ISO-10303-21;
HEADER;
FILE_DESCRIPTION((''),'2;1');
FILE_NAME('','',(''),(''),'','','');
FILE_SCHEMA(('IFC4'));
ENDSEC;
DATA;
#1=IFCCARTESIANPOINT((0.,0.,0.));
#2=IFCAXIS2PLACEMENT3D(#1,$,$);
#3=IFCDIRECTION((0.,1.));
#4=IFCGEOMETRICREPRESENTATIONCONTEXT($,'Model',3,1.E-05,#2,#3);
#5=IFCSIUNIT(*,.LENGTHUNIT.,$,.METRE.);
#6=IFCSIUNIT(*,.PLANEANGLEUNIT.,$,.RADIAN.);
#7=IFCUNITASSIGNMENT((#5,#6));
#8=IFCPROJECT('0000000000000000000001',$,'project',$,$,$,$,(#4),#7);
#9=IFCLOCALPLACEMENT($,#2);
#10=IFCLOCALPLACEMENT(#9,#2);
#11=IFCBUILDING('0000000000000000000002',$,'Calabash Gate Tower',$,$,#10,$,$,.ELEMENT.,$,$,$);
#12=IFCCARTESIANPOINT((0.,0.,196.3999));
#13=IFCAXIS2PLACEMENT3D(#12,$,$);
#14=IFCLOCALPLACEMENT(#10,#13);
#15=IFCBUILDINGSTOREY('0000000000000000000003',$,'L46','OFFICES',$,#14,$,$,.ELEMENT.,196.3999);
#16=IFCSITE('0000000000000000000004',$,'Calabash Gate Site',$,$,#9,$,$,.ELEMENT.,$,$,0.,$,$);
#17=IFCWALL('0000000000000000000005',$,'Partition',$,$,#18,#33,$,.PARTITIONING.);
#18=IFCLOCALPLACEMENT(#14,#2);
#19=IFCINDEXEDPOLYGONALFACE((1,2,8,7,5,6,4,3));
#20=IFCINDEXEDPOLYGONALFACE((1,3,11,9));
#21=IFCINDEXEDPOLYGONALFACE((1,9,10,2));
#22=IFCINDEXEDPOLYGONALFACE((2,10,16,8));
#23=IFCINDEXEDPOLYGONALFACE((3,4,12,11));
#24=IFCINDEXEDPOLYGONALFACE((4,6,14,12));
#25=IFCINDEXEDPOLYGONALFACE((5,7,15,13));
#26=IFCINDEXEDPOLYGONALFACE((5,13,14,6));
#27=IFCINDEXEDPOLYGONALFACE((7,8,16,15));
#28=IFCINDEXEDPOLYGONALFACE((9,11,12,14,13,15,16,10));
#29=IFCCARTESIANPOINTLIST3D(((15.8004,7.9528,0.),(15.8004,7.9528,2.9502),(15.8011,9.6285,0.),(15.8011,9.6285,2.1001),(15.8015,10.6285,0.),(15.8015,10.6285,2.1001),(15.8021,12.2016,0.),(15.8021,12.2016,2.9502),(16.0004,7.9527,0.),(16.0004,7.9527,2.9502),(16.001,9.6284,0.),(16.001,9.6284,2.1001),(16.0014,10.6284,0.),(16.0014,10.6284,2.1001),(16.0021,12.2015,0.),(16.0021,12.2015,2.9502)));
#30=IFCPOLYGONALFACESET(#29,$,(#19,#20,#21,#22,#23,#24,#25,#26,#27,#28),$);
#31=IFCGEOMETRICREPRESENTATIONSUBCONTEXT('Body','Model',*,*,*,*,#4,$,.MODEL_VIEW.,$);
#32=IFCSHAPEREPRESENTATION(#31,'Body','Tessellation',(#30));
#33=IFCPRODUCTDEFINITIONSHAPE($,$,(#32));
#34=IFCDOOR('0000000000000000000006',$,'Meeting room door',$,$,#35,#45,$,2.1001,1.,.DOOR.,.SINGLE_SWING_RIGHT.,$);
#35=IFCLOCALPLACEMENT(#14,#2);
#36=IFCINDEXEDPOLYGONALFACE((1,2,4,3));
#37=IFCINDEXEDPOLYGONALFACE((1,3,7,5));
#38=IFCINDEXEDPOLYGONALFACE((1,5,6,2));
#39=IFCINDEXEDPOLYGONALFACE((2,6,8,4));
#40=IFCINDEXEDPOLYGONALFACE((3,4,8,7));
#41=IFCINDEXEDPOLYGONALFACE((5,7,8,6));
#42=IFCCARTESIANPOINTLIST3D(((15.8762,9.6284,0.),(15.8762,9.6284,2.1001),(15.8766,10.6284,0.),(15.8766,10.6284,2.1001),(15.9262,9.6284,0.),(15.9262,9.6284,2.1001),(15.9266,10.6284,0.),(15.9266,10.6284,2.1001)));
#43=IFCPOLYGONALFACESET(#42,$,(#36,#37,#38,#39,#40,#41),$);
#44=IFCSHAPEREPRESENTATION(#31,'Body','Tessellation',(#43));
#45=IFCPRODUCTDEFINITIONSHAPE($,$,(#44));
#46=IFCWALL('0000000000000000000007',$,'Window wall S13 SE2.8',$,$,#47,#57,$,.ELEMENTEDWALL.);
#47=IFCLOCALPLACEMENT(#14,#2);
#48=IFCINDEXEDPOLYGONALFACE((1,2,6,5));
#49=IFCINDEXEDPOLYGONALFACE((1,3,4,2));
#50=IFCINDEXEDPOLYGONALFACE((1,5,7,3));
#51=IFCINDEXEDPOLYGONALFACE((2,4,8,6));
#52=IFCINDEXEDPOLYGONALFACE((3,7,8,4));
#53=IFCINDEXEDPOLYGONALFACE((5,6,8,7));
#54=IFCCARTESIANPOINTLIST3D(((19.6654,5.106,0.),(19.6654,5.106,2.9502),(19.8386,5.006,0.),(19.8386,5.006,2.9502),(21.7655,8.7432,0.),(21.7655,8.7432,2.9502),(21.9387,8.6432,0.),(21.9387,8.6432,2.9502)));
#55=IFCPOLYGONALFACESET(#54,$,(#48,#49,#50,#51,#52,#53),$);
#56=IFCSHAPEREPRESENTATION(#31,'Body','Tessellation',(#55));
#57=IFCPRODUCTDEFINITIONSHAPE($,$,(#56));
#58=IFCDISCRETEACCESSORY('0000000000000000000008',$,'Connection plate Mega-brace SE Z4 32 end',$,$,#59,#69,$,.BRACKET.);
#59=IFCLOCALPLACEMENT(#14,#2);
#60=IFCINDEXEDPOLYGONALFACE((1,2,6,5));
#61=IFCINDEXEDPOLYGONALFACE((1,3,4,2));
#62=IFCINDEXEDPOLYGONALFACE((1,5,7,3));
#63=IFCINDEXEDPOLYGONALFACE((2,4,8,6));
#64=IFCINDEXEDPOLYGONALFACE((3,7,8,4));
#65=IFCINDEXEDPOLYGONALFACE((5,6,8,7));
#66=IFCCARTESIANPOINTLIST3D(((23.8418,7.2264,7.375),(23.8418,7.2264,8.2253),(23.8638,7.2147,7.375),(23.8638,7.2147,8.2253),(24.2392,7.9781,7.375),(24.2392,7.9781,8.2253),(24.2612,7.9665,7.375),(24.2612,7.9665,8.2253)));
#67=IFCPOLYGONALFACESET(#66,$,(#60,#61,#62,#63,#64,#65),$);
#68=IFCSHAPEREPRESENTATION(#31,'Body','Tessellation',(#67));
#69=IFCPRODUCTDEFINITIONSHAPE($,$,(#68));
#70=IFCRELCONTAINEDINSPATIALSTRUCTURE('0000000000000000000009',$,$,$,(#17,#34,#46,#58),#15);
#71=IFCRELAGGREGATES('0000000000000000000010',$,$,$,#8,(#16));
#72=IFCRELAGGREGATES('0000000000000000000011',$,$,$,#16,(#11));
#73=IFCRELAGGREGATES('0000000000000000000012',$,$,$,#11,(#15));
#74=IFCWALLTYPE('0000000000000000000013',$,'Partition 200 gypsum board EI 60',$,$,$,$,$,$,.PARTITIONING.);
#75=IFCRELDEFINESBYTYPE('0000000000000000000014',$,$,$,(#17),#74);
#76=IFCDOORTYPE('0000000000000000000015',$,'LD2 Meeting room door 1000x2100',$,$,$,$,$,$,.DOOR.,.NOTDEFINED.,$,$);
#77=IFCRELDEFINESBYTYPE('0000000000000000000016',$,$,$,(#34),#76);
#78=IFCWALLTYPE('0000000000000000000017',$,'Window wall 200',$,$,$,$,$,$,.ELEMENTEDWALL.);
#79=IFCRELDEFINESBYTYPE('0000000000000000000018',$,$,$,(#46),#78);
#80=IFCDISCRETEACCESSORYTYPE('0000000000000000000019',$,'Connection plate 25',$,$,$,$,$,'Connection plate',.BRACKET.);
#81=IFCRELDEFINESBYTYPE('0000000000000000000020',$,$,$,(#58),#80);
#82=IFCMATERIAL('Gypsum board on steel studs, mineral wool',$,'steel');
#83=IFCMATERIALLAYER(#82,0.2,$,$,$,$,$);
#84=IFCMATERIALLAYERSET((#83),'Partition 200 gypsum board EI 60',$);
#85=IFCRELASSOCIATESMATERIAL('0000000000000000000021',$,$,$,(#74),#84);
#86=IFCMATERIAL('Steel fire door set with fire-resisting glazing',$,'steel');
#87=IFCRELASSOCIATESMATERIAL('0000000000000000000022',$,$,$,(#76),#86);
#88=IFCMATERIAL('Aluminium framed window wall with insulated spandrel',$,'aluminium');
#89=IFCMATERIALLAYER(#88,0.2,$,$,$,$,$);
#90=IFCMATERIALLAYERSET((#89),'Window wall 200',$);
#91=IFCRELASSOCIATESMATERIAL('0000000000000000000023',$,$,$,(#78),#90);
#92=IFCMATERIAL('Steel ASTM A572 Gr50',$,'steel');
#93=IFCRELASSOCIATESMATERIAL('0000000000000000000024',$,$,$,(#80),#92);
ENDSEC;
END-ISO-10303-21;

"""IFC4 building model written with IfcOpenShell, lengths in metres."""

from ifc_helpers import new_model, si_unit, direction, frame, frame_2d, origin, origin_2d, place, context, subcontext, project, spatial, rectangle, extrude, material, layer, layer_set, type_object, element, fill, save


model = new_model("IFC4")

# Units and contexts
model_context = context("Model", 3, precision=1e-05, world=origin(), true_north=direction((0.0, 1.0)))
body_context = subcontext(model_context, "Body", "Model", "MODEL_VIEW")
ifc_project = project(units=[si_unit("LENGTHUNIT", "METRE"), si_unit("PLANEANGLEUNIT", "RADIAN")], contexts=[model_context])

# Site, building, storey
site_placement = place(None, origin())
site = spatial("IfcSite", under=ifc_project, at=site_placement, Name="Calabash Gate Site", CompositionType="ELEMENT", RefElevation=0.0)
building_placement = place(site_placement, origin())
building = spatial("IfcBuilding", under=site, at=building_placement, Name="Calabash Gate Tower", CompositionType="ELEMENT")
storey_placement = place(building_placement, frame((0.0, 0.0, 196.3999)))
storey = spatial("IfcBuildingStorey", under=building, at=storey_placement, Name="L46", Description="OFFICES", CompositionType="ELEMENT", Elevation=196.3999)

# Shared definitions
ifc_material_1 = material(Name="Gypsum board on steel studs, mineral wool", Category="steel")
ifc_layer_1 = layer(ifc_material_1, 0.2)
ifc_layer_set_1 = layer_set([ifc_layer_1], Name="Partition 200 gypsum board EI 60")
wall_type_1 = type_object("IfcWallType", Name="Partition 200 gypsum board EI 60", PredefinedType="PARTITIONING", material=ifc_layer_set_1)

# Wall, opening, door
wall_1_placement = place(storey_placement, frame((15.9004, 7.9526, 0.0), z_axis=(0.0, 0.0, 1.0), x_axis=(0.000402, 1.0, 0.0)))
wall_1 = element("IfcWall", 1, at=wall_1_placement, inside=storey, type_object=wall_type_1, Name="Partition", PredefinedType="PARTITIONING", context=body_context, shape_type="SweptSolid", body=[
    extrude(rectangle(XDim=4.2488, YDim=0.2, at=frame_2d((2.1245, 0.0))), origin(), (0.0, 0.0, 1.0), 2.9502),
])
opening_1_placement = place(wall_1_placement, frame((1.6758, 0.0, 0.0)))
opening_1 = element("IfcOpeningElement", 2, at=opening_1_placement, cuts=wall_1, PredefinedType="OPENING", context=body_context, shape_type="SweptSolid", body=[
    extrude(rectangle(XDim=1.0, YDim=2.1001, at=frame_2d((0.5, 1.05))), frame((0.0, 0.1099, 0.0), z_axis=(0.0, -1.0, 0.0), x_axis=(1.0, 0.0, 0.0)), (0.0, 0.0, 1.0), 0.22),
])
ifc_material_2 = material(Name="Steel fire door set with fire-resisting glazing", Category="steel")
door_type_1 = type_object("IfcDoorType", Name="LD2 Meeting room door 1000x2100", OperationType="NOTDEFINED", PredefinedType="DOOR", material=ifc_material_2)
door_1_placement = place(opening_1_placement, origin())
door_1 = element("IfcDoor", 3, at=door_1_placement, inside=storey, type_object=door_type_1, Name="Meeting room door", OperationType="SINGLE_SWING_RIGHT", OverallHeight=2.1001, OverallWidth=1.0, PredefinedType="DOOR", context=body_context, shape_type="SweptSolid", body=[
    extrude(rectangle(XDim=1.0, YDim=2.1001, at=frame_2d((0.5, 1.05))), frame((0.0, 0.0249, 0.0), z_axis=(0.0, -1.0, 0.0), x_axis=(1.0, 0.0, 0.0)), (0.0, 0.0, 1.0), 0.05),
])
fill(opening_1, door_1)

# Wall
ifc_material_3 = material(Name="Aluminium framed window wall with insulated spandrel", Category="aluminium")
ifc_layer_2 = layer(ifc_material_3, 0.2)
ifc_layer_set_2 = layer_set([ifc_layer_2], Name="Window wall 200")
wall_type_2 = type_object("IfcWallType", Name="Window wall 200", PredefinedType="ELEMENTEDWALL", material=ifc_layer_set_2)
wall_2_placement = place(storey_placement, frame((19.752, 5.0559, 0.0), z_axis=(0.0, 0.0, 1.0), x_axis=(0.500028, 0.866009, 0.0)))
element("IfcWall", 4, at=wall_2_placement, inside=storey, type_object=wall_type_2, Name="Window wall S13 SE2.8", PredefinedType="ELEMENTEDWALL", context=body_context, shape_type="SweptSolid", body=[
    extrude(rectangle(XDim=4.2, YDim=0.2, at=frame_2d((2.1001, 0.0))), origin(), (0.0, 0.0, 1.0), 2.9502),
])

# Discrete accessory
ifc_material_4 = material(Name="Steel ASTM A572 Gr50", Category="steel")
discrete_accessory_type = type_object("IfcDiscreteAccessoryType", Name="Connection plate 25", ElementType="Connection plate", PredefinedType="BRACKET", material=ifc_material_4)
discrete_accessory_placement = place(storey_placement, frame((24.0515, 7.5964, 7.375), z_axis=(0.0, 0.0, 1.0), x_axis=(-0.467293, -0.884103, 0.0)))
element("IfcDiscreteAccessory", 5, at=discrete_accessory_placement, inside=storey, type_object=discrete_accessory_type, Name="Connection plate Mega-brace SE Z4 32 end", PredefinedType="BRACKET", context=body_context, shape_type="SweptSolid", body=[
    extrude(rectangle(XDim=0.8503, YDim=0.0249, at=origin_2d()), origin(), (0.0, 0.0, 1.0), 0.8503),
])

save(model, "model.ifc")
